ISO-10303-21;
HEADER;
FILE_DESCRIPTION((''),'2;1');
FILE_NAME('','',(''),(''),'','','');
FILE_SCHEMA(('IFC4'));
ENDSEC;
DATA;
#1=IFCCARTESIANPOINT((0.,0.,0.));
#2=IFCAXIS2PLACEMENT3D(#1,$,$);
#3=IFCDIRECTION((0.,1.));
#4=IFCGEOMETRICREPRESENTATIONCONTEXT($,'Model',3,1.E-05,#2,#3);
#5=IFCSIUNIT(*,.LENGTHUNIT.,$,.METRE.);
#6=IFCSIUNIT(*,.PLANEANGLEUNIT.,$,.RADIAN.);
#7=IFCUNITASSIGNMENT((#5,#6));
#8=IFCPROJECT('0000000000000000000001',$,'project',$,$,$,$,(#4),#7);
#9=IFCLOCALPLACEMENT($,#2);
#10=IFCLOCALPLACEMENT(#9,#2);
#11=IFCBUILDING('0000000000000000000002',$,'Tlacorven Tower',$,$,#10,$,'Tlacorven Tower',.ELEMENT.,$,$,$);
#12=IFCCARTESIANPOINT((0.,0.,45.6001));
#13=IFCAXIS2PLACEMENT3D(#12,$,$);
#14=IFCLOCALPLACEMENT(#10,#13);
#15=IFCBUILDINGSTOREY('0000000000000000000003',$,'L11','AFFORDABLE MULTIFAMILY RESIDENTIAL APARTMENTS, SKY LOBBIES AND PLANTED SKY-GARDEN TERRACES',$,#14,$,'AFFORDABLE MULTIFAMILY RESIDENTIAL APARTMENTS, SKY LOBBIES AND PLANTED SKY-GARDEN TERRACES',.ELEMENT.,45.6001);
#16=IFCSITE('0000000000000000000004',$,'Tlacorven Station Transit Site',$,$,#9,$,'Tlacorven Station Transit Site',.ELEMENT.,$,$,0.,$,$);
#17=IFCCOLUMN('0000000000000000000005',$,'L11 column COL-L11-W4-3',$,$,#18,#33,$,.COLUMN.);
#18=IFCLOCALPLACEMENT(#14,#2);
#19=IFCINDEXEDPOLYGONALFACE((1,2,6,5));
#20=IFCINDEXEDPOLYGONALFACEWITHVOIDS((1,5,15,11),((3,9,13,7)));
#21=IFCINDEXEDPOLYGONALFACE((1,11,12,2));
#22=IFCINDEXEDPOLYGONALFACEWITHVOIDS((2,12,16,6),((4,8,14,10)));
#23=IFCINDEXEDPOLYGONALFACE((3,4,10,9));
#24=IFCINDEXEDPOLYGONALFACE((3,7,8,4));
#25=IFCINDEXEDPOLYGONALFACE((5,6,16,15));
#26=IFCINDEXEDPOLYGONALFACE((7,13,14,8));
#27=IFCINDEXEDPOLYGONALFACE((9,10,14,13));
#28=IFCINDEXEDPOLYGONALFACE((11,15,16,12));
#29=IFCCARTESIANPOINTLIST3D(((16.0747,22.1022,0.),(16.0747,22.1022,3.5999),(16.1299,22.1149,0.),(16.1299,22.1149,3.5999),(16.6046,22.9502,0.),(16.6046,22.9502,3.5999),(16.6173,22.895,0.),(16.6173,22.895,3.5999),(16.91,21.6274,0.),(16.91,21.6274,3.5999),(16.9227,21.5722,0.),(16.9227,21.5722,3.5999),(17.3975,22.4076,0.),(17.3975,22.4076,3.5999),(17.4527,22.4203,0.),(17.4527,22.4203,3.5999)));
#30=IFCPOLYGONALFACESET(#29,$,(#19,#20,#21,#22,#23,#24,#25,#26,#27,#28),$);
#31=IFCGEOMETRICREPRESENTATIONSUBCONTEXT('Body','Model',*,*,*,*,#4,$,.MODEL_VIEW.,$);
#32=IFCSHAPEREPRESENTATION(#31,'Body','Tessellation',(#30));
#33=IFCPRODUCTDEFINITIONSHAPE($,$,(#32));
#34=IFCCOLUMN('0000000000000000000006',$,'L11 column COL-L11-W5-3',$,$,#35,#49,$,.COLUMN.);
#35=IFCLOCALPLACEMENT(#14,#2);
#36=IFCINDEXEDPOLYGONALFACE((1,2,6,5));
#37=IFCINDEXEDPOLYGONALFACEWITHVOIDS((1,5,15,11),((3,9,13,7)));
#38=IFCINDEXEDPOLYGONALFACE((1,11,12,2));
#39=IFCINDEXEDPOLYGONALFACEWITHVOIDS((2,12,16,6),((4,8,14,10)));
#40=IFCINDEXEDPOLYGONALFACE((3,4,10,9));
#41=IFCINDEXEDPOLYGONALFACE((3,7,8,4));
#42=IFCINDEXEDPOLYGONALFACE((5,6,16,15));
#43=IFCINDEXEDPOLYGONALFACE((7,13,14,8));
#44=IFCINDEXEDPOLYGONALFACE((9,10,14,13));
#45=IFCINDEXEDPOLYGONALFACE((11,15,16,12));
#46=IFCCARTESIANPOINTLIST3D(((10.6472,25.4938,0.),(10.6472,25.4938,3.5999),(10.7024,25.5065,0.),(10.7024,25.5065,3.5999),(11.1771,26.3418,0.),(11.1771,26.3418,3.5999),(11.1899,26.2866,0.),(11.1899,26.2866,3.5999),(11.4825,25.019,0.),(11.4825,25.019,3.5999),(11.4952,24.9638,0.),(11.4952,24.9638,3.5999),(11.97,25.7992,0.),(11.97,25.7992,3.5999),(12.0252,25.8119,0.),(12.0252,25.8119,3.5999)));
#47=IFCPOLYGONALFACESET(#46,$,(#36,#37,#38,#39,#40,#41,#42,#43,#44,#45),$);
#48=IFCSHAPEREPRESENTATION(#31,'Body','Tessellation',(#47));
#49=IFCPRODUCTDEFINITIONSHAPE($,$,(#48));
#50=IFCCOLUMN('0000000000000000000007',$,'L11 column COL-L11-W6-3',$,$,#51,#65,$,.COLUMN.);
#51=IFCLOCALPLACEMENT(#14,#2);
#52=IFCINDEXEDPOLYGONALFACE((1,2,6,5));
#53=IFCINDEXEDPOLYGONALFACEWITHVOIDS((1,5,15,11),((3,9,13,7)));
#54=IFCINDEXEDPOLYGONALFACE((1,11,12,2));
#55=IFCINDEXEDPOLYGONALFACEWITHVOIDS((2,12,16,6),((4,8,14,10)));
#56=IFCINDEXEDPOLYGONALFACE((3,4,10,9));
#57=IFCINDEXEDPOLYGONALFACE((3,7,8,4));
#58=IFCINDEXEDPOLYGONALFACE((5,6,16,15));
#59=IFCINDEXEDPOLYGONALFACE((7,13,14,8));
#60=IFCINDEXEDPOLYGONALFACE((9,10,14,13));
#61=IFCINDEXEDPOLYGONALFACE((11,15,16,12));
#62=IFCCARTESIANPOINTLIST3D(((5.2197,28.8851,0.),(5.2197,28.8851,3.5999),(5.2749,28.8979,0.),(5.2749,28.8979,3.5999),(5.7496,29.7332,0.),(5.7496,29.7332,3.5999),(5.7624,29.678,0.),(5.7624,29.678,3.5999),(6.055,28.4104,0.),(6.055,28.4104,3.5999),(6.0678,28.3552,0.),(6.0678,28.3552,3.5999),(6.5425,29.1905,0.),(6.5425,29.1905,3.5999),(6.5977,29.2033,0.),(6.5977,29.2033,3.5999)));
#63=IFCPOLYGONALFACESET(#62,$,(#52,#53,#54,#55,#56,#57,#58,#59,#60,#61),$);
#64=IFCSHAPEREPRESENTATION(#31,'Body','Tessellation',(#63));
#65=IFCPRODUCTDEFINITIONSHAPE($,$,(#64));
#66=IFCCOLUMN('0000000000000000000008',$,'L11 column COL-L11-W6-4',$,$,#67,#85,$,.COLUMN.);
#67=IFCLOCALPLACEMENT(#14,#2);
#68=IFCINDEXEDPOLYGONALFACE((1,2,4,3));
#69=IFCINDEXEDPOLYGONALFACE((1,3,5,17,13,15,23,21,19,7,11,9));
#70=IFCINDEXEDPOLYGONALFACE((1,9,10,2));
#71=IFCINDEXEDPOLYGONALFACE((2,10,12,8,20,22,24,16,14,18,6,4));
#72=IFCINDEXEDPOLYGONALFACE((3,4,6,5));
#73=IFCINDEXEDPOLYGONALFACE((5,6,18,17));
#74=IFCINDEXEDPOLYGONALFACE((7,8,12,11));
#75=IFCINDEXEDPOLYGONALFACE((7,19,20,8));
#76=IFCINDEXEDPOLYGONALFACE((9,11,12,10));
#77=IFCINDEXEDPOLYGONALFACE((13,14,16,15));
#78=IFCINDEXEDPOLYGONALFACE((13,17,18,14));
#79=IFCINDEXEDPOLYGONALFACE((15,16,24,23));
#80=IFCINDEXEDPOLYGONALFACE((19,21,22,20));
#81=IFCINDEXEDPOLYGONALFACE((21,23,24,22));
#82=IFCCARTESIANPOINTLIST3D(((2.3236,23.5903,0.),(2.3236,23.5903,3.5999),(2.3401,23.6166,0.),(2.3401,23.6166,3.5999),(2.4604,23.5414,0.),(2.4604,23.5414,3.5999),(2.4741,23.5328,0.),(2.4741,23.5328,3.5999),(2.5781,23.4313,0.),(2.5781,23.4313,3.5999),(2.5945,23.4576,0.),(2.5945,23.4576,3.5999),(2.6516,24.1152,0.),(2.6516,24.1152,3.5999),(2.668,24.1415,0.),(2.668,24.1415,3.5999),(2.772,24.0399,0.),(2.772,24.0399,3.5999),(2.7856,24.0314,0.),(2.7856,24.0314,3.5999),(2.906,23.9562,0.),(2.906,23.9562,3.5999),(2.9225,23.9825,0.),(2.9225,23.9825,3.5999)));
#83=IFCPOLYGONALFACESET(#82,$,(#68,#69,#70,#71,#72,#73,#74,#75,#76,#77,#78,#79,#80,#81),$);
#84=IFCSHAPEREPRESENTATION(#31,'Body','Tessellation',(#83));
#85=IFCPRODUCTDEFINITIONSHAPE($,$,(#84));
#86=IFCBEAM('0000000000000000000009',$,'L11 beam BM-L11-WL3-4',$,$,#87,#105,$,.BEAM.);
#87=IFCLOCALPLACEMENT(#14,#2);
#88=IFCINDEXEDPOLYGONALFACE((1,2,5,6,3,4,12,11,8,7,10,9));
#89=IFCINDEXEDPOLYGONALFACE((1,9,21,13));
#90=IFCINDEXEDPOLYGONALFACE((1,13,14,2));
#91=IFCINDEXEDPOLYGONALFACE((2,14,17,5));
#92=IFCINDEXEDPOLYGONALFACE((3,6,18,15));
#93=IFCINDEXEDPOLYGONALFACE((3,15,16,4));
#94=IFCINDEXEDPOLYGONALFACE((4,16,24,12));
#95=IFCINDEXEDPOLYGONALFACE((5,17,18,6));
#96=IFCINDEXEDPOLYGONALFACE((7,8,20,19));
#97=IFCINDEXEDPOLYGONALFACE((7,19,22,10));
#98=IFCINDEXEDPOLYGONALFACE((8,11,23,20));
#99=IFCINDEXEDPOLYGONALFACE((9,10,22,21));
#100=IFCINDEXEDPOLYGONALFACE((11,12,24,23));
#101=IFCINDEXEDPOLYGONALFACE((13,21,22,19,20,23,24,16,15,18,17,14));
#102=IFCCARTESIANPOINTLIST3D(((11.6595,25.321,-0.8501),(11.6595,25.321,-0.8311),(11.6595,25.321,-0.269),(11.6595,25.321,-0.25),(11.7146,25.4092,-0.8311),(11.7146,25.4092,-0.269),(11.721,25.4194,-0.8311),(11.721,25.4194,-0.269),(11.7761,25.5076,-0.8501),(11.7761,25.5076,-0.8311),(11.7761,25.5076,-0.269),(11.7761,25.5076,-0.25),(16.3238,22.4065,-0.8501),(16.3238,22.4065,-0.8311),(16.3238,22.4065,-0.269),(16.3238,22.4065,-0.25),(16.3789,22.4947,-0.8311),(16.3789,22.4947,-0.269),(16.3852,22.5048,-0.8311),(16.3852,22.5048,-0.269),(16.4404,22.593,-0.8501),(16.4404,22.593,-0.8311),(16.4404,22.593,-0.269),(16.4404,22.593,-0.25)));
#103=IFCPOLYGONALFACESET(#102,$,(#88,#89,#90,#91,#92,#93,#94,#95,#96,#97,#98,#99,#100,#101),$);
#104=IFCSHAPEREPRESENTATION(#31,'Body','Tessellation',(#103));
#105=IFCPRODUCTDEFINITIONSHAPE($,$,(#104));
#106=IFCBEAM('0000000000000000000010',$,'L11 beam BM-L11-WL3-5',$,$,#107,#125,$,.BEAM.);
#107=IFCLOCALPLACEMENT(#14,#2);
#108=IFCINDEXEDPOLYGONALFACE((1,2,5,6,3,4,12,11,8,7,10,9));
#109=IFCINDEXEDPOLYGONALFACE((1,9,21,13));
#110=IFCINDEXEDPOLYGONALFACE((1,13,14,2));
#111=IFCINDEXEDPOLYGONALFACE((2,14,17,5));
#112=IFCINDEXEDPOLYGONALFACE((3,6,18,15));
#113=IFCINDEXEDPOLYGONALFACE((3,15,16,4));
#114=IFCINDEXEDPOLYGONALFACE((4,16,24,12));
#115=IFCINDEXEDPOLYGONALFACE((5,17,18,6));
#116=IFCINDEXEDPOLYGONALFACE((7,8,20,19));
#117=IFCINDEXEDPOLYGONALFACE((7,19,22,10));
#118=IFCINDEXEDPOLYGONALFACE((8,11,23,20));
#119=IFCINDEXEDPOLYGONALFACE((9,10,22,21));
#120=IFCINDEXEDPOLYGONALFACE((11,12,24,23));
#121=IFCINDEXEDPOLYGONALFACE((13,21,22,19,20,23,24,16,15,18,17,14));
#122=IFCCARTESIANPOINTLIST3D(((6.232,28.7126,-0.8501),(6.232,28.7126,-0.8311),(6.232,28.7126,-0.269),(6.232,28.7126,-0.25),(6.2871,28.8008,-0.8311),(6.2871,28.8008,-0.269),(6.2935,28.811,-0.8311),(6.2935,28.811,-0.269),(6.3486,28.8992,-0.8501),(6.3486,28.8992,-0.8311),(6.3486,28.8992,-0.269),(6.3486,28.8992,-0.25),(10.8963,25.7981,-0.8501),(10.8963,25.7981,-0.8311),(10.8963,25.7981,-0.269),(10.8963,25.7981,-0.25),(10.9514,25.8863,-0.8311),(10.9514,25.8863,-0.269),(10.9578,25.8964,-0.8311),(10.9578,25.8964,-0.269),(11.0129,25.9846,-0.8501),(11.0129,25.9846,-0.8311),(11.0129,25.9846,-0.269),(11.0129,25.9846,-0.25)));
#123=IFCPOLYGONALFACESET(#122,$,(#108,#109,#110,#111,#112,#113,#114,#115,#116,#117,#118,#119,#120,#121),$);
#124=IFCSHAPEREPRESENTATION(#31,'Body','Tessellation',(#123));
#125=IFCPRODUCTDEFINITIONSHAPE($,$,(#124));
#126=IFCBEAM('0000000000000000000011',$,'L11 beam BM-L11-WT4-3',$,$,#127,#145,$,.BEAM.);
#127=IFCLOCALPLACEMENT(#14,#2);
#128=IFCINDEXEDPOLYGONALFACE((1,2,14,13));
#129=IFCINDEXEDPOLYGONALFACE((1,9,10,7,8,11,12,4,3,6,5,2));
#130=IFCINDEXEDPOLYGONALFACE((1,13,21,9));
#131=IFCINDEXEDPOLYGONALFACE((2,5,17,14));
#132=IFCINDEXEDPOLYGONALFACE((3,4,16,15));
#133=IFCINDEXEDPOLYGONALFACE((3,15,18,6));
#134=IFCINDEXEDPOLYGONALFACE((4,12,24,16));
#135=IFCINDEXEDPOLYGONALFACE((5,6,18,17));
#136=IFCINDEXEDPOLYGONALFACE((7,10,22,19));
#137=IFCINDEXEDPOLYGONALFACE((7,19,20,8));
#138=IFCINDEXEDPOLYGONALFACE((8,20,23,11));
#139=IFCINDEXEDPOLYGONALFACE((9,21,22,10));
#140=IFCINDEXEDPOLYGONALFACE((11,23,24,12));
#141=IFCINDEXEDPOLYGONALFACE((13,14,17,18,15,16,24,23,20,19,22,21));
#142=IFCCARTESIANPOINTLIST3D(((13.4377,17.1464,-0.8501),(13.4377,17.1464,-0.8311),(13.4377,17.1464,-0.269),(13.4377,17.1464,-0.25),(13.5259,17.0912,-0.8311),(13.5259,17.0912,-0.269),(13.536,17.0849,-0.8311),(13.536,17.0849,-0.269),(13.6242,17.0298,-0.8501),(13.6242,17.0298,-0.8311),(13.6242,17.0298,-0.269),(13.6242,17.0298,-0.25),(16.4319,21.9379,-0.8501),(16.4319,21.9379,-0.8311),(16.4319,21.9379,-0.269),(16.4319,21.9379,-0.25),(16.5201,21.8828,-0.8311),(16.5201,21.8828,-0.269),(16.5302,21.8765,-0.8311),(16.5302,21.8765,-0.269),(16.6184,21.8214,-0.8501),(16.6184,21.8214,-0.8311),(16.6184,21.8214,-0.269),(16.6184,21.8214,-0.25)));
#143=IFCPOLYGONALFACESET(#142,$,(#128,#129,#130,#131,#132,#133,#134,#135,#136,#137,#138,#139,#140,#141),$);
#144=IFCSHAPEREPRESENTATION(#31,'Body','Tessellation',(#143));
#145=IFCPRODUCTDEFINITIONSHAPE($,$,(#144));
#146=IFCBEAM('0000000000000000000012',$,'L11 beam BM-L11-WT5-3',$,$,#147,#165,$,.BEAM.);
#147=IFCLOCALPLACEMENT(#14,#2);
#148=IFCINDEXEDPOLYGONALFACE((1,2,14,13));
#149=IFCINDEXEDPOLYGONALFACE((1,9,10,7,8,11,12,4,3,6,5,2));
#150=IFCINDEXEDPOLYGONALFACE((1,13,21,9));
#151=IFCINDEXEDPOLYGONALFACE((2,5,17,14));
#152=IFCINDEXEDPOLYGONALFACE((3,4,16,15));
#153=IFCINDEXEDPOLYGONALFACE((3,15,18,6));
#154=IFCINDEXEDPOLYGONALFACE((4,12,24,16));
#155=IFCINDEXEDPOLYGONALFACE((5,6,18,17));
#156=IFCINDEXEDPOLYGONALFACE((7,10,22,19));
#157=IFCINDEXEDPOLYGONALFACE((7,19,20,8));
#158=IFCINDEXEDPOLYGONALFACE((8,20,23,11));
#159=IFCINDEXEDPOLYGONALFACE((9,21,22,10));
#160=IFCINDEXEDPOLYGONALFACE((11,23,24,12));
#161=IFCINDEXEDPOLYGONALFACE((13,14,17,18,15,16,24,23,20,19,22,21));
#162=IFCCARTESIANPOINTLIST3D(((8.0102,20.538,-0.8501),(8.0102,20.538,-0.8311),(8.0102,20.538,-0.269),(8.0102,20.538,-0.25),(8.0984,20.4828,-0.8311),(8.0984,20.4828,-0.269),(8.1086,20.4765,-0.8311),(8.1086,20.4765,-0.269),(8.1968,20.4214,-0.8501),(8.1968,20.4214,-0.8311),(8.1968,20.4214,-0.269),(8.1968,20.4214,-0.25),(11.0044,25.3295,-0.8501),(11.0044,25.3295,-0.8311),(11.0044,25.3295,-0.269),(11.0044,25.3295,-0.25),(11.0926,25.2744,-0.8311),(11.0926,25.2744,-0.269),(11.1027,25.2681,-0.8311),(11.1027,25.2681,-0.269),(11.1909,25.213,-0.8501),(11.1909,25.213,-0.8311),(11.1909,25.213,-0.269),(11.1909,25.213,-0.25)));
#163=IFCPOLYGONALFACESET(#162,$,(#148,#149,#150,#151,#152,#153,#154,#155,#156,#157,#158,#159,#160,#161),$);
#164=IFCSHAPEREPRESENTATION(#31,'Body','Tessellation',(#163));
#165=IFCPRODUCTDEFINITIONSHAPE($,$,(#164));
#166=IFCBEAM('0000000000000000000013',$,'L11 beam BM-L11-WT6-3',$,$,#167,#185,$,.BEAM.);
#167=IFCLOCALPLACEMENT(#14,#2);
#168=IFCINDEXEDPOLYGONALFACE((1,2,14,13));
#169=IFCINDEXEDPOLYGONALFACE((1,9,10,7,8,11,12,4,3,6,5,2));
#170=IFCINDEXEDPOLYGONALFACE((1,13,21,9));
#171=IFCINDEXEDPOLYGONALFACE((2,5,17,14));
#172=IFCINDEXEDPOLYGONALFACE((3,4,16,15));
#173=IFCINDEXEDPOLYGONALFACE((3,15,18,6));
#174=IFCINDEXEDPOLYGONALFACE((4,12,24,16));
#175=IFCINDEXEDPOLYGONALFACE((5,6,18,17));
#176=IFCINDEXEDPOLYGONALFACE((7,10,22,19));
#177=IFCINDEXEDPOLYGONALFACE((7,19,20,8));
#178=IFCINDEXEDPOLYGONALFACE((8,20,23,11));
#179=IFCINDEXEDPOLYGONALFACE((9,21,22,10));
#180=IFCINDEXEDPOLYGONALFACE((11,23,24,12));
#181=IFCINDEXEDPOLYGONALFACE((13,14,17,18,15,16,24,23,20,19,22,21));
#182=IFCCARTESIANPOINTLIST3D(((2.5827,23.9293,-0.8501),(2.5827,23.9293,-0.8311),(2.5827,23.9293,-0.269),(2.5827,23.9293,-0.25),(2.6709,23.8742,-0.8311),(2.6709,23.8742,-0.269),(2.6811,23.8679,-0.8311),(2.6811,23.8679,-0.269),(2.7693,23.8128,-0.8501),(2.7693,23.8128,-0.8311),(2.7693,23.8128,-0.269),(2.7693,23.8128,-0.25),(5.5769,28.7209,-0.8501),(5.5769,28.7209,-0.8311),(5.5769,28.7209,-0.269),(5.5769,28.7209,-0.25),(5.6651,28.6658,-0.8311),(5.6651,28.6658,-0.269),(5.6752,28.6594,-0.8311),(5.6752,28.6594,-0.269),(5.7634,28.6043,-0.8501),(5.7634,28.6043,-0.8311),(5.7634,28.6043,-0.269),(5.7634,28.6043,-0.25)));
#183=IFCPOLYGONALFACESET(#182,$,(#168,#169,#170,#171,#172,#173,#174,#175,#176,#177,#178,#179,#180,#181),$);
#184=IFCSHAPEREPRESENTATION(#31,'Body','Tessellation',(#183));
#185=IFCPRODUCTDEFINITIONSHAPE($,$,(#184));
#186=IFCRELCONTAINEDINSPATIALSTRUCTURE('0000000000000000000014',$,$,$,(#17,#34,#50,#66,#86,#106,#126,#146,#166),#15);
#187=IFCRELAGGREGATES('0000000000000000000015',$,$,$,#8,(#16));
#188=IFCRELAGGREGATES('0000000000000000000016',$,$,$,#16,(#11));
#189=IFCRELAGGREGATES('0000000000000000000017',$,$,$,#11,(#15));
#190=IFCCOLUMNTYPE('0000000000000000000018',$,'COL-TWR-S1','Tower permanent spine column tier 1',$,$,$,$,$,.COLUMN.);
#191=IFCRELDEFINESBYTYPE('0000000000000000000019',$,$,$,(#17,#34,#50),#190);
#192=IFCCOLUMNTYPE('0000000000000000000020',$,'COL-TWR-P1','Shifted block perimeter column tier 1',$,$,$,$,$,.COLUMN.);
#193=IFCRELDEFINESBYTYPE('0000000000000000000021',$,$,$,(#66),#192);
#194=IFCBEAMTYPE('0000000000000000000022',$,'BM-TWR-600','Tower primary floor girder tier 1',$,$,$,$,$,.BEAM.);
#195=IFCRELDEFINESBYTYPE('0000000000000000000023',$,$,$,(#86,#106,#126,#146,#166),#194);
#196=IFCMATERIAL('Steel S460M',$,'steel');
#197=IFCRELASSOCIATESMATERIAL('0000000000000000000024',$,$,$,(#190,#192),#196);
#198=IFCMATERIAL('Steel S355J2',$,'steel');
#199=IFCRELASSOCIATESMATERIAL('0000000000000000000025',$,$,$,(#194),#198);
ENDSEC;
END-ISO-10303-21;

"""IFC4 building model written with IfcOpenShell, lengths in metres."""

from ifc_helpers import new_model, si_unit, direction, frame, origin, origin_2d, place, context, subcontext, project, spatial, hollow_rectangle, i_section, extrude, source, transform, mapped, material, material_profile, profile_set, type_object, element, save


model = new_model("IFC4")

# Units and contexts
model_context = context("Model", 3, precision=1e-05, world=origin(), true_north=direction((0.0, 1.0)))
body_context = subcontext(model_context, "Body", "Model", "MODEL_VIEW")
ifc_project = project(units=[si_unit("LENGTHUNIT", "METRE"), si_unit("PLANEANGLEUNIT", "RADIAN")], contexts=[model_context])

# Site, building, storey
site_placement = place(None, origin())
site = spatial("IfcSite", under=ifc_project, at=site_placement, Name="Tlacorven Station Transit Site", LongName="Tlacorven Station Transit Site", CompositionType="ELEMENT", RefElevation=0.0)
building_placement = place(site_placement, origin())
building = spatial("IfcBuilding", under=site, at=building_placement, Name="Tlacorven Tower", LongName="Tlacorven Tower", CompositionType="ELEMENT")
storey_placement = place(building_placement, frame((0.0, 0.0, 45.6001)))
storey = spatial("IfcBuildingStorey", under=building, at=storey_placement, Name="L11", Description="AFFORDABLE MULTIFAMILY RESIDENTIAL APARTMENTS, SKY LOBBIES AND PLANTED SKY-GARDEN TERRACES", LongName="AFFORDABLE MULTIFAMILY RESIDENTIAL APARTMENTS, SKY LOBBIES AND PLANTED SKY-GARDEN TERRACES", CompositionType="ELEMENT", Elevation=45.6001)

# Columns
ifc_material_1 = material(Name="Steel S460M", Category="steel")
ifc_material_profile_1 = material_profile(ifc_material_1, hollow_rectangle(XDim=1.0, YDim=1.0, WallThickness=0.04, at=origin_2d()), Name="BOX 1000X1000X40")
ifc_profile_set_1 = profile_set([ifc_material_profile_1], Name="Steel S460M")
column_type_1 = type_object("IfcColumnType", Name="COL-TWR-S1", Description="Tower permanent spine column tier 1", PredefinedType="COLUMN", material=ifc_profile_set_1)
shared_shape_1 = source(origin(), body_context, "Body", "SweptSolid", [
    extrude(hollow_rectangle(XDim=1.0, YDim=1.0, WallThickness=0.04, at=origin_2d()), origin(), (0.0, 0.0, 1.0), 3.5999),
])
for number, where, z_axis, x_axis, name in (
    (1, (16.7637, 22.2612, 0.0), (0.0, 0.0, 1.0), (-0.848048, 0.529919, 0.0), "L11 column COL-L11-W4-3"),
    (2, (11.3362, 25.6528, 0.0), (0.0, 0.0, 1.0), (-0.848048, 0.529919, 0.0), "L11 column COL-L11-W5-3"),
    (3, (5.9087, 29.0442, 0.0), (0.0, 0.0, 1.0), (-0.848048, 0.529919, 0.0), "L11 column COL-L11-W6-3"),
):
    element("IfcColumn", number, at=place(storey_placement, frame(where, z_axis=z_axis, x_axis=x_axis)), inside=storey, type_object=column_type_1, Name=name, PredefinedType="COLUMN", context=body_context, shape_type="MappedRepresentation", body=[
        mapped(shared_shape_1, transform((0.0, 0.0, 0.0), scale=1.0)),
    ])
ifc_material_profile_2 = material_profile(ifc_material_1, i_section(OverallWidth=0.3, OverallDepth=0.6499, WebThickness=0.0161, FlangeThickness=0.031, at=origin_2d()), Name="HEB 650")
ifc_profile_set_2 = profile_set([ifc_material_profile_2], Name="Steel S460M")
column_type_2 = type_object("IfcColumnType", Name="COL-TWR-P1", Description="Shifted block perimeter column tier 1", PredefinedType="COLUMN", material=ifc_profile_set_2)
shared_shape_2 = source(origin(), body_context, "Body", "SweptSolid", [
    extrude(i_section(OverallWidth=0.3, OverallDepth=0.6499, WebThickness=0.0161, FlangeThickness=0.031, at=origin_2d()), origin(), (0.0, 0.0, 1.0), 3.5999),
])
column_placement = place(storey_placement, frame((2.623, 23.7864, 0.0), z_axis=(0.0, 0.0, 1.0), x_axis=(-0.848048, 0.529919, 0.0)))
element("IfcColumn", 4, at=column_placement, inside=storey, type_object=column_type_2, Name="L11 column COL-L11-W6-4", PredefinedType="COLUMN", context=body_context, shape_type="MappedRepresentation", body=[
    mapped(shared_shape_2, transform((0.0, 0.0, 0.0), scale=1.0)),
])

# Beams
ifc_material_2 = material(Name="Steel S355J2", Category="steel")
ifc_material_profile_3 = material_profile(ifc_material_2, i_section(OverallWidth=0.22, OverallDepth=0.6001, WebThickness=0.012, FlangeThickness=0.019, at=origin_2d()), Name="IPE 600")
ifc_profile_set_3 = profile_set([ifc_material_profile_3], Name="Steel S355J2")
beam_type_1 = type_object("IfcBeamType", Name="BM-TWR-600", Description="Tower primary floor girder tier 1", PredefinedType="BEAM", material=ifc_profile_set_3)
shared_shape_3 = source(origin(), body_context, "Body", "SweptSolid", [
    extrude(i_section(OverallWidth=0.22, OverallDepth=0.6001, WebThickness=0.012, FlangeThickness=0.019, at=origin_2d()), origin(), (0.0, 0.0, 1.0), 5.5),
])
for number, where, z_axis, x_axis, name in (
    (5, (16.3821, 22.4998, -0.55), (-0.848051, 0.529915, 0.0), (-0.529915, -0.848051, 0.0), "L11 beam BM-L11-WL3-4"),
    (6, (10.9546, 25.8914, -0.55), (-0.848051, 0.529915, 0.0), (-0.529915, -0.848051, 0.0), "L11 beam BM-L11-WL3-5"),
):
    element("IfcBeam", number, at=place(storey_placement, frame(where, z_axis=z_axis, x_axis=x_axis)), inside=storey, type_object=beam_type_1, Name=name, PredefinedType="BEAM", context=body_context, shape_type="MappedRepresentation", body=[
        mapped(shared_shape_3, transform((0.0, 0.0, 0.0), scale=1.0)),
    ])
shared_shape_4 = source(origin(), body_context, "Body", "SweptSolid", [
    extrude(i_section(OverallWidth=0.22, OverallDepth=0.6001, WebThickness=0.012, FlangeThickness=0.019, at=origin_2d()), origin(), (0.0, 0.0, 1.0), 5.6501),
])
for number, where, z_axis, x_axis, name in (
    (7, (16.5251, 21.8796, -0.55), (-0.529929, -0.848042, 0.0), (0.848042, -0.529929, 0.0), "L11 beam BM-L11-WT4-3"),
    (8, (11.0977, 25.2712, -0.55), (-0.529929, -0.848042, 0.0), (0.848042, -0.529929, 0.0), "L11 beam BM-L11-WT5-3"),
    (9, (5.6702, 28.6626, -0.55), (-0.529929, -0.848042, 0.0), (0.848042, -0.529929, 0.0), "L11 beam BM-L11-WT6-3"),
):
    element("IfcBeam", number, at=place(storey_placement, frame(where, z_axis=z_axis, x_axis=x_axis)), inside=storey, type_object=beam_type_1, Name=name, PredefinedType="BEAM", context=body_context, shape_type="MappedRepresentation", body=[
        mapped(shared_shape_4, transform((0.0, 0.0, 0.0), scale=1.0)),
    ])

save(model, "model.ifc")
